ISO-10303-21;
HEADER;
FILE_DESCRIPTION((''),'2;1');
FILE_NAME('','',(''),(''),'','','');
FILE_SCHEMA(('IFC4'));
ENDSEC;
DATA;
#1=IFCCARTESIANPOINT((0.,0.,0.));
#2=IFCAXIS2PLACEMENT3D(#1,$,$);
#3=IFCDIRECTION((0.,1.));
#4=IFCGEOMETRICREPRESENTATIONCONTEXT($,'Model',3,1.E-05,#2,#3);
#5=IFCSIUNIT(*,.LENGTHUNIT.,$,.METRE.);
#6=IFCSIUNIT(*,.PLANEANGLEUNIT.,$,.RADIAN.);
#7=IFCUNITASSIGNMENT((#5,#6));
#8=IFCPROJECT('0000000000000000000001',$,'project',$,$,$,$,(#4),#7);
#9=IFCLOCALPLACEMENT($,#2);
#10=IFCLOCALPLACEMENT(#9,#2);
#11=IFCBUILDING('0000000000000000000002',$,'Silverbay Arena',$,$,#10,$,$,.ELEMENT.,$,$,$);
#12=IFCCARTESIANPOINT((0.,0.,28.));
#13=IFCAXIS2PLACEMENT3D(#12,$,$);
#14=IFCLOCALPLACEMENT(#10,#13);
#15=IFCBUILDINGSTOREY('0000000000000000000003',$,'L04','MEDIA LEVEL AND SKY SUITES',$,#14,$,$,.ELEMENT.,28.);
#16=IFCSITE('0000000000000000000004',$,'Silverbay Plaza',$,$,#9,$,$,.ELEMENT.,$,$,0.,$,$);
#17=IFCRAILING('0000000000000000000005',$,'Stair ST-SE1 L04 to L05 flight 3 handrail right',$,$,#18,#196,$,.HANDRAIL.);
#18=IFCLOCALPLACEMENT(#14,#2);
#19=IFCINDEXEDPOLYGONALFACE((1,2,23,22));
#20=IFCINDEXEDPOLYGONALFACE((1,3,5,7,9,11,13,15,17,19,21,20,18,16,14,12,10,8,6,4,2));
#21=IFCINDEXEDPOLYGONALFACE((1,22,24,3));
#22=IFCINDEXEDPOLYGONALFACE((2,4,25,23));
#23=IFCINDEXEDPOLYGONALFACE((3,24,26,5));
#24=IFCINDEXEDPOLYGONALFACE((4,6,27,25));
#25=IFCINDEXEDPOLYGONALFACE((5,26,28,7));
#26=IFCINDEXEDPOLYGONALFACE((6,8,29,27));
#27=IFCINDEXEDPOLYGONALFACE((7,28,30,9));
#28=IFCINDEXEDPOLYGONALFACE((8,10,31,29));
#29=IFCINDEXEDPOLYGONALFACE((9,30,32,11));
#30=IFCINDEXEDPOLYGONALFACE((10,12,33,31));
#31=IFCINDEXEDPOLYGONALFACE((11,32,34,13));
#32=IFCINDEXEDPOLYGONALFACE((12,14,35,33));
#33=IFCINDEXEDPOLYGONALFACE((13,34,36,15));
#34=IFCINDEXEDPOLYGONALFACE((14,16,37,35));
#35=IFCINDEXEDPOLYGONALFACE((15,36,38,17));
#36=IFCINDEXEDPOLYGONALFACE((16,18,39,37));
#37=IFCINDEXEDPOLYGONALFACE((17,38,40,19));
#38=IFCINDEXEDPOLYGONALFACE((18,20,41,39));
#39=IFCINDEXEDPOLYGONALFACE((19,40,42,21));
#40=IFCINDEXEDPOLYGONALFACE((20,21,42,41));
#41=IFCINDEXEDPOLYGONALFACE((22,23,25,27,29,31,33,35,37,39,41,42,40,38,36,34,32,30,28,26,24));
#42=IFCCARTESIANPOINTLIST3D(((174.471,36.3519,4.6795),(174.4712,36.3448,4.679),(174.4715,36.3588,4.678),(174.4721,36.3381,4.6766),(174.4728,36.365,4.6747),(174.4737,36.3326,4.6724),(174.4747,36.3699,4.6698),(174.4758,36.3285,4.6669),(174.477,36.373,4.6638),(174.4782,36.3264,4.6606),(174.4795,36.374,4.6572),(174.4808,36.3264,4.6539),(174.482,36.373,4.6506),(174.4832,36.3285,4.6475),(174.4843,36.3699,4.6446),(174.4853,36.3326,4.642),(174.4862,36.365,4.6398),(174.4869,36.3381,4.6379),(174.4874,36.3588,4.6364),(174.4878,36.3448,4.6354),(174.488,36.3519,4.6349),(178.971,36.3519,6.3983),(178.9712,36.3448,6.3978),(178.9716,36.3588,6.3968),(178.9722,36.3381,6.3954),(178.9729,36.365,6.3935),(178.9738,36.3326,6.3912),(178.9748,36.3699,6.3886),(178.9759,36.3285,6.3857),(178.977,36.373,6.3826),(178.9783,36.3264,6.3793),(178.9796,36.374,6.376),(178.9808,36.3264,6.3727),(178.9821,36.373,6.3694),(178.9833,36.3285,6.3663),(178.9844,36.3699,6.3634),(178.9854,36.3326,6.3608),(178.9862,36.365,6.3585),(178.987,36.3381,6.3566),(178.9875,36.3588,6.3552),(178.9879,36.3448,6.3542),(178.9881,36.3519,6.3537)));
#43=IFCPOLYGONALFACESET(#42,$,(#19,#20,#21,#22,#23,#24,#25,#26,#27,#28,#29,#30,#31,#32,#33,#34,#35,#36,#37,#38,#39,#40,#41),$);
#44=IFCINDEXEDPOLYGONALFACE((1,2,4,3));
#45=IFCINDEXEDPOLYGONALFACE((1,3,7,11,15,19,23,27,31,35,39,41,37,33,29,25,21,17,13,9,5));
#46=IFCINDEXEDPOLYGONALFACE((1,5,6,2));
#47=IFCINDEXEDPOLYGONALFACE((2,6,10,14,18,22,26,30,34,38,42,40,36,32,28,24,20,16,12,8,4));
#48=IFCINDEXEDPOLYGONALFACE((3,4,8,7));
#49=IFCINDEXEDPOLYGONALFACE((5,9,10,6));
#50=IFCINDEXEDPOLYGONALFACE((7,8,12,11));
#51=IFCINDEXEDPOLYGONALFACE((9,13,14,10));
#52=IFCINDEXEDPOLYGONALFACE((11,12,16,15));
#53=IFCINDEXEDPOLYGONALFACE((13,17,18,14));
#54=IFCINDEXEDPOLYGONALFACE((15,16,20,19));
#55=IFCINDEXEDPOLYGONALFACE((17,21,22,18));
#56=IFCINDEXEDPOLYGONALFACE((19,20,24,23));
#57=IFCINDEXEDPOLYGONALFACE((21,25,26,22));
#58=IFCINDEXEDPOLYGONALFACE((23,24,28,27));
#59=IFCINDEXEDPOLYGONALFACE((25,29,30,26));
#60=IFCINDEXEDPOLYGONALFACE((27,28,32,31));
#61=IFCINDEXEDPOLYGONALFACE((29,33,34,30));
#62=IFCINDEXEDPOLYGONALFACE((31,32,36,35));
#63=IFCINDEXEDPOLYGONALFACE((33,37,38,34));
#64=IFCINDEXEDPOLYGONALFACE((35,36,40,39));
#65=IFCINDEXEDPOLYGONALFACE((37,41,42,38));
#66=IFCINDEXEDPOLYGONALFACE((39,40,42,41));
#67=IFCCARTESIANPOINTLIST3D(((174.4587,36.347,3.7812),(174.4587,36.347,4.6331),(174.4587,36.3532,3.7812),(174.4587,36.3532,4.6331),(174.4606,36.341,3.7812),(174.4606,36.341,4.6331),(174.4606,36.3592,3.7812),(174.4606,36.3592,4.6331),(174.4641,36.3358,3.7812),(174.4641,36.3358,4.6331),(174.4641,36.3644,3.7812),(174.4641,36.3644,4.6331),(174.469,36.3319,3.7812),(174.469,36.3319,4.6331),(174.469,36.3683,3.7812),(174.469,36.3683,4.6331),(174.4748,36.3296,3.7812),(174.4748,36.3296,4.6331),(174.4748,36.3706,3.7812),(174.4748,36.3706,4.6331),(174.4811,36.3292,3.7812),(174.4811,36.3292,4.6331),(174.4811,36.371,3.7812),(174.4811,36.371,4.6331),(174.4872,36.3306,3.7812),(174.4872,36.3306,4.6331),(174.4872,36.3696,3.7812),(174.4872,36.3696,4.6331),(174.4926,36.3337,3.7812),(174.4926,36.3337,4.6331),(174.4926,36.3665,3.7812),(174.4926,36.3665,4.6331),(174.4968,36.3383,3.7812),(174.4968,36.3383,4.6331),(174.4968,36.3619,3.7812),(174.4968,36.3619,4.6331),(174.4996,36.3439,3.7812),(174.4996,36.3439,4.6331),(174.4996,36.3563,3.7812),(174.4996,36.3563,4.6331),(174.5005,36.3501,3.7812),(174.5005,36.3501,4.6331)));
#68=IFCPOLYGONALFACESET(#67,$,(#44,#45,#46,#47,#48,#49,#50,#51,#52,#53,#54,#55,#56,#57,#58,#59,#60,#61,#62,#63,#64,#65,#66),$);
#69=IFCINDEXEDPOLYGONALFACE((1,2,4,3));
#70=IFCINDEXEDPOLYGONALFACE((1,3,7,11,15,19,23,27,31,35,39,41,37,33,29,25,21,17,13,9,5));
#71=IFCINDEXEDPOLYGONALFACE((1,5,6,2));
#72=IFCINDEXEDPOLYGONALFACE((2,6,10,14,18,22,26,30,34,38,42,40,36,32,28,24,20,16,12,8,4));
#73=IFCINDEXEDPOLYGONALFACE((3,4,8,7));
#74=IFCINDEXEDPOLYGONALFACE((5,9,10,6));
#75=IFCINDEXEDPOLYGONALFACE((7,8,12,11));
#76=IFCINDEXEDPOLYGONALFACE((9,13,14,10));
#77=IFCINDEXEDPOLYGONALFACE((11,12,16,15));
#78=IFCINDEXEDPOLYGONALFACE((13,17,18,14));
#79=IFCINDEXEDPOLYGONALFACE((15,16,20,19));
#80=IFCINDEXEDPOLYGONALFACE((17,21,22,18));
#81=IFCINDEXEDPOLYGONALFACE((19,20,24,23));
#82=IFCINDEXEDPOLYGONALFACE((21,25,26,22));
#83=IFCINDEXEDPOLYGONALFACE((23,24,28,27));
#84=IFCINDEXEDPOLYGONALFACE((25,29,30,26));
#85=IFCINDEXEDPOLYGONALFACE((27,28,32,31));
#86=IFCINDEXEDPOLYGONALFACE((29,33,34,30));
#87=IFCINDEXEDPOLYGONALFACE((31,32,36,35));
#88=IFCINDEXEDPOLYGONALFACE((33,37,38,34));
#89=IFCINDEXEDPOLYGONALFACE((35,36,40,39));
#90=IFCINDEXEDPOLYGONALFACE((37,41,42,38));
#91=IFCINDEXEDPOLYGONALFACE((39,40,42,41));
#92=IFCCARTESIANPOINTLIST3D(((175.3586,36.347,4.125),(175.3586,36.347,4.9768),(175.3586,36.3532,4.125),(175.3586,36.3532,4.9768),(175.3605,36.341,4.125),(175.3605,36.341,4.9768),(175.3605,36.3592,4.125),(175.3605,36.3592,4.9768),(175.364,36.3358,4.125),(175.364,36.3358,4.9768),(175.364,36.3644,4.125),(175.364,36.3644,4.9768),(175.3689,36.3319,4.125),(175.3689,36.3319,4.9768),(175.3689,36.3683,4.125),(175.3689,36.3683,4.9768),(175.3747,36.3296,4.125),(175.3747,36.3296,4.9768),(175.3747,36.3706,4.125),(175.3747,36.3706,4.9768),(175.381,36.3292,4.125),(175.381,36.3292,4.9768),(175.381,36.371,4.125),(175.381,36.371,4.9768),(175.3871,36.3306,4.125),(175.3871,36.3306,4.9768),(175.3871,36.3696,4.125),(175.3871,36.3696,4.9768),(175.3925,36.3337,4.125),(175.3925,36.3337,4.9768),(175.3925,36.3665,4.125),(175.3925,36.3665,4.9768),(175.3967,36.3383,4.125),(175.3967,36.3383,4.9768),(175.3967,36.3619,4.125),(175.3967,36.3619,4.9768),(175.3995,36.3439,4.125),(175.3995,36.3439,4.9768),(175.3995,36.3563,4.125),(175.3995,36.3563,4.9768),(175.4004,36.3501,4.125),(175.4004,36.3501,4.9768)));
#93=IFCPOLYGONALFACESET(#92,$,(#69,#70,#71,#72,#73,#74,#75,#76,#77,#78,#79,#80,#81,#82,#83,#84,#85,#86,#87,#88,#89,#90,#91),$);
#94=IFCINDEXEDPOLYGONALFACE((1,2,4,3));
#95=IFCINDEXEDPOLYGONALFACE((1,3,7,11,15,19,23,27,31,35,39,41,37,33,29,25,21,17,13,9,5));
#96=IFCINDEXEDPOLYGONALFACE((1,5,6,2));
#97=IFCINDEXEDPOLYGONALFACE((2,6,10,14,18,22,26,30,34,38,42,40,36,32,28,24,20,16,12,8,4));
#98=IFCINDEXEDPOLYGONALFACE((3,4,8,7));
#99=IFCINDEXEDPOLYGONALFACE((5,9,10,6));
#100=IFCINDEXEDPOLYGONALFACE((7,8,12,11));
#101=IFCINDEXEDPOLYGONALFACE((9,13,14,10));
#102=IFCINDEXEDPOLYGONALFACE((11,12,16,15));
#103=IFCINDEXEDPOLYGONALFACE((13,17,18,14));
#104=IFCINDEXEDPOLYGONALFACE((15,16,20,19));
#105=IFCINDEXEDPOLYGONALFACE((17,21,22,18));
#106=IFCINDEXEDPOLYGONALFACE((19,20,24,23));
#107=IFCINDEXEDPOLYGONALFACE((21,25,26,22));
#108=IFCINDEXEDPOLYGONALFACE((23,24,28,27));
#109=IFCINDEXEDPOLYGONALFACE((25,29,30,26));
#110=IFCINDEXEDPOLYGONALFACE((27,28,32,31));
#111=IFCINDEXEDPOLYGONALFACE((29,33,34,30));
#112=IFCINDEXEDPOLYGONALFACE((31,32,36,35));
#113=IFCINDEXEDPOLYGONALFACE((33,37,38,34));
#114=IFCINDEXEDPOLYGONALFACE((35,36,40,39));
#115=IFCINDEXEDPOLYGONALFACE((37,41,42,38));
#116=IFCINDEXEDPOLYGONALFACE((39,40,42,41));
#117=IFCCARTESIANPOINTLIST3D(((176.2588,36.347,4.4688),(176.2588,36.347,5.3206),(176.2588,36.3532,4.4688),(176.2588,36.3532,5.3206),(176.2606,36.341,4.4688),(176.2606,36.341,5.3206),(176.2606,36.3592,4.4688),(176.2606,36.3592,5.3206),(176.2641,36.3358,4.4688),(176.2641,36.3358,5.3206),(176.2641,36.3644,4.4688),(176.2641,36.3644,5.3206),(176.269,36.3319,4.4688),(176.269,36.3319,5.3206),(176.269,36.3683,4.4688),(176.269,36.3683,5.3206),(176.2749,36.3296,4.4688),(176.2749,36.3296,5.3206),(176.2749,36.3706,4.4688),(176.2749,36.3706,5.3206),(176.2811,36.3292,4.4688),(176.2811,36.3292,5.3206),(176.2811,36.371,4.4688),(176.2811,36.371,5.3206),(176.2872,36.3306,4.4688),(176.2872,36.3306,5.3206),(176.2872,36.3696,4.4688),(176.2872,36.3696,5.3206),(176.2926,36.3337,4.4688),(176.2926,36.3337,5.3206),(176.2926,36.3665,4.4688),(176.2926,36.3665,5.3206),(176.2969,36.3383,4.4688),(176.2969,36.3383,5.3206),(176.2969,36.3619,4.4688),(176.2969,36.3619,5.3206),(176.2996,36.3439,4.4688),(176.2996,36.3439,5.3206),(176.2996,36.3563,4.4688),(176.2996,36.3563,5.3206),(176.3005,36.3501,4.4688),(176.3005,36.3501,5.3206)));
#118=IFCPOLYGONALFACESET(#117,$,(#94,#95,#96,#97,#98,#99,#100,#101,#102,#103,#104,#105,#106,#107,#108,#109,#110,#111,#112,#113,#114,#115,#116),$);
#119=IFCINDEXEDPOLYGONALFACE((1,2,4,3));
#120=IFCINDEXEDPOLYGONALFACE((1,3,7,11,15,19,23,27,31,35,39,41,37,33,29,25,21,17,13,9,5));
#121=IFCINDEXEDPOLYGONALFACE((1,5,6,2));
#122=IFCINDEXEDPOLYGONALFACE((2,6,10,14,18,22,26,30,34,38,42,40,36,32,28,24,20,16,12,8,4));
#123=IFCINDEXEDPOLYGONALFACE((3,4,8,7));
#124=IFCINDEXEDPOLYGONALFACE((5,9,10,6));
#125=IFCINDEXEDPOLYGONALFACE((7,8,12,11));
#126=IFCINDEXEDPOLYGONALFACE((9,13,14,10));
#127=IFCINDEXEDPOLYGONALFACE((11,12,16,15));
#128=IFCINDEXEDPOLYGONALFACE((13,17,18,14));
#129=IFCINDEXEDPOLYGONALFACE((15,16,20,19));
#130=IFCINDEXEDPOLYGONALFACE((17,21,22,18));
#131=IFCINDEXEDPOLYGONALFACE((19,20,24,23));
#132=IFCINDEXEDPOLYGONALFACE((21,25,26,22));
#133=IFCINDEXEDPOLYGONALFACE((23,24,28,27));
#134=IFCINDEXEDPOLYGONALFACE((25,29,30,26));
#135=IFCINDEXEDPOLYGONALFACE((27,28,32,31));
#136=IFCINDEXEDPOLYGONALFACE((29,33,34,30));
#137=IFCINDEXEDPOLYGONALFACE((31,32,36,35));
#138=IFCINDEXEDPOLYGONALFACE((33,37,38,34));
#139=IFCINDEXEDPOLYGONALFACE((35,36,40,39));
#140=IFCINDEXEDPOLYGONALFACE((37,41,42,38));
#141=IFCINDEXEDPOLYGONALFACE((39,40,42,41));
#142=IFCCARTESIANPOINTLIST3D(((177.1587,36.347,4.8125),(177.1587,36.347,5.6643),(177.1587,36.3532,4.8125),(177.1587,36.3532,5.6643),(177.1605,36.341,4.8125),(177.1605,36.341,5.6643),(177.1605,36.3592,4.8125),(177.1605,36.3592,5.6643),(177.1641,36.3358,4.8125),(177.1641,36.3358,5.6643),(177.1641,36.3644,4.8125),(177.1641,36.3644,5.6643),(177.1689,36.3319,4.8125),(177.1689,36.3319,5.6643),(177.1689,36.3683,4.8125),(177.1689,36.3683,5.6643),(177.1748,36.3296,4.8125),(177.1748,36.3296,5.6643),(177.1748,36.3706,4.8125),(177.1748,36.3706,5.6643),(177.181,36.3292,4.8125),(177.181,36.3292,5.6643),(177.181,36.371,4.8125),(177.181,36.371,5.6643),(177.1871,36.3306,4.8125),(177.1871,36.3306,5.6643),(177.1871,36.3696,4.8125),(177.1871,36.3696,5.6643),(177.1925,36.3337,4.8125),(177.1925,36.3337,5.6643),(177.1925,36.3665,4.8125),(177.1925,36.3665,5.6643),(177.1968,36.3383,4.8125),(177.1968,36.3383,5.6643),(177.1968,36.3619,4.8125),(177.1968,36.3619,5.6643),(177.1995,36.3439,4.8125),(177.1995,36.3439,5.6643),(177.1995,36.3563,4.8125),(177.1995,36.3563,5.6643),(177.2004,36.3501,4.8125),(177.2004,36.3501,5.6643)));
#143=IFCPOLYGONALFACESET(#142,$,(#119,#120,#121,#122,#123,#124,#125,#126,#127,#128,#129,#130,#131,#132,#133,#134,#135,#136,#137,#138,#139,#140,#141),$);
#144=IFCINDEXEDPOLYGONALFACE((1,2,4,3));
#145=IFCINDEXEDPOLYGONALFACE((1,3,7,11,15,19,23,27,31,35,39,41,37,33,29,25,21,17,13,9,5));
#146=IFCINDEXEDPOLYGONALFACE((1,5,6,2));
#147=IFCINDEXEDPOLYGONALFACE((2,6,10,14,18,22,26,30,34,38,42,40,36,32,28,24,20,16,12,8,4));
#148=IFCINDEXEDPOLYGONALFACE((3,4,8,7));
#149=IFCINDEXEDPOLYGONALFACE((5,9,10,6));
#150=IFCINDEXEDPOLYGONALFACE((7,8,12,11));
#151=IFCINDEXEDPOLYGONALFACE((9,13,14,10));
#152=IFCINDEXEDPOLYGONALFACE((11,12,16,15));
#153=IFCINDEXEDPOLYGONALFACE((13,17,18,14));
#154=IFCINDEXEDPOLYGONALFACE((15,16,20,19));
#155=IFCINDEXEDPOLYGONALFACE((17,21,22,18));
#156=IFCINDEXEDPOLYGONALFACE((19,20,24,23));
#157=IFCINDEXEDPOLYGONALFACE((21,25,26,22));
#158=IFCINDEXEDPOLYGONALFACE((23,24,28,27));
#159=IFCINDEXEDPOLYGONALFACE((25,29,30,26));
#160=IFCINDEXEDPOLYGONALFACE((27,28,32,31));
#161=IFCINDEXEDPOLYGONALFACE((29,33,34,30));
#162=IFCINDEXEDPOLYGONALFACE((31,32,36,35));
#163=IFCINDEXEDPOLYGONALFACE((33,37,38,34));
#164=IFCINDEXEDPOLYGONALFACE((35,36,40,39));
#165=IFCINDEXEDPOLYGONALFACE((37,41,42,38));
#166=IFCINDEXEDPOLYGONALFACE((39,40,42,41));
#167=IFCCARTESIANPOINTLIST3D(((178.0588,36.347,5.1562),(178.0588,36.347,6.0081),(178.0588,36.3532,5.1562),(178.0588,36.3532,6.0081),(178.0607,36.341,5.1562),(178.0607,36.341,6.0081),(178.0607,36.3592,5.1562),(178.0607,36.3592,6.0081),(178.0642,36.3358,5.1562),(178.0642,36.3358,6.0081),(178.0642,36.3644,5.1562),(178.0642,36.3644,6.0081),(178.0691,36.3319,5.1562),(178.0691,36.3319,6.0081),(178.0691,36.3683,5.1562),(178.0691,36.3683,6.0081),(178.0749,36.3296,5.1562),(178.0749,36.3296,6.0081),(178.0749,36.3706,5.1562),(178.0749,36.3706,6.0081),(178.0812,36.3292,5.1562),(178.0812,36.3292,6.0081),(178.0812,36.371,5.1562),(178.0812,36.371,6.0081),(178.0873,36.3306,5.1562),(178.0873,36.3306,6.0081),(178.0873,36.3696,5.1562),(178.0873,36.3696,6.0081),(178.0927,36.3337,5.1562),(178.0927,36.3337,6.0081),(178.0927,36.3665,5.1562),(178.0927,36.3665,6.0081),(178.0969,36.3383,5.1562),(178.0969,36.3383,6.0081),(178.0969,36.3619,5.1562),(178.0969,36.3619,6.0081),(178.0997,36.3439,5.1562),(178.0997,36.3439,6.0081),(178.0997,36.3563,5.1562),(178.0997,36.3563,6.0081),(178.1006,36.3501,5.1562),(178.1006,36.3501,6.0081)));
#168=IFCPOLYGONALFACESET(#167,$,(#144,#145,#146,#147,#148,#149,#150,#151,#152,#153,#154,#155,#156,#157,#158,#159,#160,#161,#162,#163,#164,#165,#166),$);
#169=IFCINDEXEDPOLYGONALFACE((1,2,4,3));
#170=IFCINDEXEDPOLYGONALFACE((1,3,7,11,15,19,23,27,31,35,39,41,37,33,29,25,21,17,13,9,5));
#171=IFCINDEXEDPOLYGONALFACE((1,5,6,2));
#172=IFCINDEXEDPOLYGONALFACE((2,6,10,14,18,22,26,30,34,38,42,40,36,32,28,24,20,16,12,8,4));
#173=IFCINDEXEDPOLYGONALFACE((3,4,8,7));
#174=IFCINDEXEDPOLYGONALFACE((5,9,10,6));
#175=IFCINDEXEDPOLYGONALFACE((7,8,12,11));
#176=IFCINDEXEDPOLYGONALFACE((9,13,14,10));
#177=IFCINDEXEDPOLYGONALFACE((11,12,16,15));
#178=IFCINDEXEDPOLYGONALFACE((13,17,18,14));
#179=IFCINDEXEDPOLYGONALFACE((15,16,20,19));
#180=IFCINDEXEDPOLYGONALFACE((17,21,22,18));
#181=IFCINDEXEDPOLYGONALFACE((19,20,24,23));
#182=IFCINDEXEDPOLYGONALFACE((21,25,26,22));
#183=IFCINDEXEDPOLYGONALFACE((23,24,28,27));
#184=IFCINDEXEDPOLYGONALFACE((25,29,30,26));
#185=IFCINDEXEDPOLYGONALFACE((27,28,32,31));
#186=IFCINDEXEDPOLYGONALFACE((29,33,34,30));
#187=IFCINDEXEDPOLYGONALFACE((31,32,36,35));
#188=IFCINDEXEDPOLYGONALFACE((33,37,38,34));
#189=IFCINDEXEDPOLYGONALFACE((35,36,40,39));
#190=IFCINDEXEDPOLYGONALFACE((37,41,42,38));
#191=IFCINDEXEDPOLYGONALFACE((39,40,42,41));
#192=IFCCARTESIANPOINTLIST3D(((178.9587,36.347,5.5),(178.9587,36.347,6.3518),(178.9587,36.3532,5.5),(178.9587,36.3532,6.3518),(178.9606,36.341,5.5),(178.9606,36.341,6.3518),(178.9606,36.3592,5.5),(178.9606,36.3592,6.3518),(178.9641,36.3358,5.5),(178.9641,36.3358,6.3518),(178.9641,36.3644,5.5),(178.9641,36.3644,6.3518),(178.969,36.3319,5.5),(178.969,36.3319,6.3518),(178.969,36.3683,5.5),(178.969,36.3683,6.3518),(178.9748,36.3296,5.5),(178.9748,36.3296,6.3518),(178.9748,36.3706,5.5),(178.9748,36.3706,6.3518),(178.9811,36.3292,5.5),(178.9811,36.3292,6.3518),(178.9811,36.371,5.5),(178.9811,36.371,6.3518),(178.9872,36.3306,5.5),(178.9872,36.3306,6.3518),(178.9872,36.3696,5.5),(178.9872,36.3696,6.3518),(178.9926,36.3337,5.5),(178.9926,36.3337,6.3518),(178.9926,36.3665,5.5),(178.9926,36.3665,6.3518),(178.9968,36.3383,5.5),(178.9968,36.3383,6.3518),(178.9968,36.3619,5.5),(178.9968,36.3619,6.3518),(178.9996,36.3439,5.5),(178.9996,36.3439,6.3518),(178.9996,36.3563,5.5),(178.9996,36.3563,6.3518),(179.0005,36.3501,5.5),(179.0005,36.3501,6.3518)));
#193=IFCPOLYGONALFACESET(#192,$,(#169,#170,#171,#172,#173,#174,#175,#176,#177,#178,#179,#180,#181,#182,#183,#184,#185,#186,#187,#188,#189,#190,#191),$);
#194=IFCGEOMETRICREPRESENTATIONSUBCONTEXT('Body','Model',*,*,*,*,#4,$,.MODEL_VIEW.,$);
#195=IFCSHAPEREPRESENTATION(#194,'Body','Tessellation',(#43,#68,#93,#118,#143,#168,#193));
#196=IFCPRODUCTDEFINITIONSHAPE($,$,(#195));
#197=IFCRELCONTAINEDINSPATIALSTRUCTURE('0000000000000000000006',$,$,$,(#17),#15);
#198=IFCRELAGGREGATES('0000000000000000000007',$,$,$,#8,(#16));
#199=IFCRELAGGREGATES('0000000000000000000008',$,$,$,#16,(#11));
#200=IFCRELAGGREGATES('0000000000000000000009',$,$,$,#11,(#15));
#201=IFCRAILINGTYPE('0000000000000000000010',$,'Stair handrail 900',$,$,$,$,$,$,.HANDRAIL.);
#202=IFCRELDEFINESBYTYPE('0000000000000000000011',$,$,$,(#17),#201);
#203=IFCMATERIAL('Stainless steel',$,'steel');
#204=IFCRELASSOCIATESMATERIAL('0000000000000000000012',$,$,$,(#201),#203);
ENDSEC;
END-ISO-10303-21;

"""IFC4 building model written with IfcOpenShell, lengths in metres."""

from ifc_helpers import new_model, si_unit, direction, frame, origin, origin_2d, place, context, subcontext, project, spatial, circle, extrude, material, type_object, element, save


model = new_model("IFC4")

# Units and contexts
model_context = context("Model", 3, precision=1e-05, world=origin(), true_north=direction((0.0, 1.0)))
body_context = subcontext(model_context, "Body", "Model", "MODEL_VIEW")
ifc_project = project(units=[si_unit("LENGTHUNIT", "METRE"), si_unit("PLANEANGLEUNIT", "RADIAN")], contexts=[model_context])

# Site, building, storey
site_placement = place(None, origin())
site = spatial("IfcSite", under=ifc_project, at=site_placement, Name="Silverbay Plaza", CompositionType="ELEMENT", RefElevation=0.0)
building_placement = place(site_placement, origin())
building = spatial("IfcBuilding", under=site, at=building_placement, Name="Silverbay Arena", CompositionType="ELEMENT")
storey_placement = place(building_placement, frame((0.0, 0.0, 28.0)))
storey = spatial("IfcBuildingStorey", under=building, at=storey_placement, Name="L04", Description="MEDIA LEVEL AND SKY SUITES", CompositionType="ELEMENT", Elevation=28.0)

# Railing
ifc_material_1 = material(Name="Stainless steel", Category="steel")
railing_type_1 = type_object("IfcRailingType", Name="Stair handrail 900", PredefinedType="HANDRAIL", material=ifc_material_1)
for number, where, name in (
    (1, (174.4795, 36.3501, 3.7812), "Stair ST-SE1 L04 to L05 flight 3 handrail right"),
):
    element("IfcRailing", number, at=place(storey_placement, frame(where)), inside=storey, type_object=railing_type_1, Name=name, PredefinedType="HANDRAIL", context=body_context, shape_type="SweptSolid", body=[
        extrude(circle(Radius=0.0239, at=origin_2d()), frame((0.0, 0.0, 0.876), z_axis=(0.934179, 0.0, 0.356805), x_axis=(0.0, 1.0, 0.0)), (0.0, 0.0, 1.0), 4.8171),
        extrude(circle(Radius=0.021, at=origin_2d()), origin(), (0.0, 0.0, 1.0), 0.8518),
        extrude(circle(Radius=0.021, at=origin_2d()), frame((0.8999, 0.0, 0.3438)), (0.0, 0.0, 1.0), 0.8518),
        extrude(circle(Radius=0.021, at=origin_2d()), frame((1.8, 0.0, 0.6875)), (0.0, 0.0, 1.0), 0.8518),
        extrude(circle(Radius=0.021, at=origin_2d()), frame((2.7, 0.0, 1.0312)), (0.0, 0.0, 1.0), 0.8518),
        extrude(circle(Radius=0.021, at=origin_2d()), frame((3.6001, 0.0, 1.375)), (0.0, 0.0, 1.0), 0.8518),
        extrude(circle(Radius=0.021, at=origin_2d()), frame((4.5, 0.0, 1.7188)), (0.0, 0.0, 1.0), 0.8518),
    ])

save(model, "model.ifc")
